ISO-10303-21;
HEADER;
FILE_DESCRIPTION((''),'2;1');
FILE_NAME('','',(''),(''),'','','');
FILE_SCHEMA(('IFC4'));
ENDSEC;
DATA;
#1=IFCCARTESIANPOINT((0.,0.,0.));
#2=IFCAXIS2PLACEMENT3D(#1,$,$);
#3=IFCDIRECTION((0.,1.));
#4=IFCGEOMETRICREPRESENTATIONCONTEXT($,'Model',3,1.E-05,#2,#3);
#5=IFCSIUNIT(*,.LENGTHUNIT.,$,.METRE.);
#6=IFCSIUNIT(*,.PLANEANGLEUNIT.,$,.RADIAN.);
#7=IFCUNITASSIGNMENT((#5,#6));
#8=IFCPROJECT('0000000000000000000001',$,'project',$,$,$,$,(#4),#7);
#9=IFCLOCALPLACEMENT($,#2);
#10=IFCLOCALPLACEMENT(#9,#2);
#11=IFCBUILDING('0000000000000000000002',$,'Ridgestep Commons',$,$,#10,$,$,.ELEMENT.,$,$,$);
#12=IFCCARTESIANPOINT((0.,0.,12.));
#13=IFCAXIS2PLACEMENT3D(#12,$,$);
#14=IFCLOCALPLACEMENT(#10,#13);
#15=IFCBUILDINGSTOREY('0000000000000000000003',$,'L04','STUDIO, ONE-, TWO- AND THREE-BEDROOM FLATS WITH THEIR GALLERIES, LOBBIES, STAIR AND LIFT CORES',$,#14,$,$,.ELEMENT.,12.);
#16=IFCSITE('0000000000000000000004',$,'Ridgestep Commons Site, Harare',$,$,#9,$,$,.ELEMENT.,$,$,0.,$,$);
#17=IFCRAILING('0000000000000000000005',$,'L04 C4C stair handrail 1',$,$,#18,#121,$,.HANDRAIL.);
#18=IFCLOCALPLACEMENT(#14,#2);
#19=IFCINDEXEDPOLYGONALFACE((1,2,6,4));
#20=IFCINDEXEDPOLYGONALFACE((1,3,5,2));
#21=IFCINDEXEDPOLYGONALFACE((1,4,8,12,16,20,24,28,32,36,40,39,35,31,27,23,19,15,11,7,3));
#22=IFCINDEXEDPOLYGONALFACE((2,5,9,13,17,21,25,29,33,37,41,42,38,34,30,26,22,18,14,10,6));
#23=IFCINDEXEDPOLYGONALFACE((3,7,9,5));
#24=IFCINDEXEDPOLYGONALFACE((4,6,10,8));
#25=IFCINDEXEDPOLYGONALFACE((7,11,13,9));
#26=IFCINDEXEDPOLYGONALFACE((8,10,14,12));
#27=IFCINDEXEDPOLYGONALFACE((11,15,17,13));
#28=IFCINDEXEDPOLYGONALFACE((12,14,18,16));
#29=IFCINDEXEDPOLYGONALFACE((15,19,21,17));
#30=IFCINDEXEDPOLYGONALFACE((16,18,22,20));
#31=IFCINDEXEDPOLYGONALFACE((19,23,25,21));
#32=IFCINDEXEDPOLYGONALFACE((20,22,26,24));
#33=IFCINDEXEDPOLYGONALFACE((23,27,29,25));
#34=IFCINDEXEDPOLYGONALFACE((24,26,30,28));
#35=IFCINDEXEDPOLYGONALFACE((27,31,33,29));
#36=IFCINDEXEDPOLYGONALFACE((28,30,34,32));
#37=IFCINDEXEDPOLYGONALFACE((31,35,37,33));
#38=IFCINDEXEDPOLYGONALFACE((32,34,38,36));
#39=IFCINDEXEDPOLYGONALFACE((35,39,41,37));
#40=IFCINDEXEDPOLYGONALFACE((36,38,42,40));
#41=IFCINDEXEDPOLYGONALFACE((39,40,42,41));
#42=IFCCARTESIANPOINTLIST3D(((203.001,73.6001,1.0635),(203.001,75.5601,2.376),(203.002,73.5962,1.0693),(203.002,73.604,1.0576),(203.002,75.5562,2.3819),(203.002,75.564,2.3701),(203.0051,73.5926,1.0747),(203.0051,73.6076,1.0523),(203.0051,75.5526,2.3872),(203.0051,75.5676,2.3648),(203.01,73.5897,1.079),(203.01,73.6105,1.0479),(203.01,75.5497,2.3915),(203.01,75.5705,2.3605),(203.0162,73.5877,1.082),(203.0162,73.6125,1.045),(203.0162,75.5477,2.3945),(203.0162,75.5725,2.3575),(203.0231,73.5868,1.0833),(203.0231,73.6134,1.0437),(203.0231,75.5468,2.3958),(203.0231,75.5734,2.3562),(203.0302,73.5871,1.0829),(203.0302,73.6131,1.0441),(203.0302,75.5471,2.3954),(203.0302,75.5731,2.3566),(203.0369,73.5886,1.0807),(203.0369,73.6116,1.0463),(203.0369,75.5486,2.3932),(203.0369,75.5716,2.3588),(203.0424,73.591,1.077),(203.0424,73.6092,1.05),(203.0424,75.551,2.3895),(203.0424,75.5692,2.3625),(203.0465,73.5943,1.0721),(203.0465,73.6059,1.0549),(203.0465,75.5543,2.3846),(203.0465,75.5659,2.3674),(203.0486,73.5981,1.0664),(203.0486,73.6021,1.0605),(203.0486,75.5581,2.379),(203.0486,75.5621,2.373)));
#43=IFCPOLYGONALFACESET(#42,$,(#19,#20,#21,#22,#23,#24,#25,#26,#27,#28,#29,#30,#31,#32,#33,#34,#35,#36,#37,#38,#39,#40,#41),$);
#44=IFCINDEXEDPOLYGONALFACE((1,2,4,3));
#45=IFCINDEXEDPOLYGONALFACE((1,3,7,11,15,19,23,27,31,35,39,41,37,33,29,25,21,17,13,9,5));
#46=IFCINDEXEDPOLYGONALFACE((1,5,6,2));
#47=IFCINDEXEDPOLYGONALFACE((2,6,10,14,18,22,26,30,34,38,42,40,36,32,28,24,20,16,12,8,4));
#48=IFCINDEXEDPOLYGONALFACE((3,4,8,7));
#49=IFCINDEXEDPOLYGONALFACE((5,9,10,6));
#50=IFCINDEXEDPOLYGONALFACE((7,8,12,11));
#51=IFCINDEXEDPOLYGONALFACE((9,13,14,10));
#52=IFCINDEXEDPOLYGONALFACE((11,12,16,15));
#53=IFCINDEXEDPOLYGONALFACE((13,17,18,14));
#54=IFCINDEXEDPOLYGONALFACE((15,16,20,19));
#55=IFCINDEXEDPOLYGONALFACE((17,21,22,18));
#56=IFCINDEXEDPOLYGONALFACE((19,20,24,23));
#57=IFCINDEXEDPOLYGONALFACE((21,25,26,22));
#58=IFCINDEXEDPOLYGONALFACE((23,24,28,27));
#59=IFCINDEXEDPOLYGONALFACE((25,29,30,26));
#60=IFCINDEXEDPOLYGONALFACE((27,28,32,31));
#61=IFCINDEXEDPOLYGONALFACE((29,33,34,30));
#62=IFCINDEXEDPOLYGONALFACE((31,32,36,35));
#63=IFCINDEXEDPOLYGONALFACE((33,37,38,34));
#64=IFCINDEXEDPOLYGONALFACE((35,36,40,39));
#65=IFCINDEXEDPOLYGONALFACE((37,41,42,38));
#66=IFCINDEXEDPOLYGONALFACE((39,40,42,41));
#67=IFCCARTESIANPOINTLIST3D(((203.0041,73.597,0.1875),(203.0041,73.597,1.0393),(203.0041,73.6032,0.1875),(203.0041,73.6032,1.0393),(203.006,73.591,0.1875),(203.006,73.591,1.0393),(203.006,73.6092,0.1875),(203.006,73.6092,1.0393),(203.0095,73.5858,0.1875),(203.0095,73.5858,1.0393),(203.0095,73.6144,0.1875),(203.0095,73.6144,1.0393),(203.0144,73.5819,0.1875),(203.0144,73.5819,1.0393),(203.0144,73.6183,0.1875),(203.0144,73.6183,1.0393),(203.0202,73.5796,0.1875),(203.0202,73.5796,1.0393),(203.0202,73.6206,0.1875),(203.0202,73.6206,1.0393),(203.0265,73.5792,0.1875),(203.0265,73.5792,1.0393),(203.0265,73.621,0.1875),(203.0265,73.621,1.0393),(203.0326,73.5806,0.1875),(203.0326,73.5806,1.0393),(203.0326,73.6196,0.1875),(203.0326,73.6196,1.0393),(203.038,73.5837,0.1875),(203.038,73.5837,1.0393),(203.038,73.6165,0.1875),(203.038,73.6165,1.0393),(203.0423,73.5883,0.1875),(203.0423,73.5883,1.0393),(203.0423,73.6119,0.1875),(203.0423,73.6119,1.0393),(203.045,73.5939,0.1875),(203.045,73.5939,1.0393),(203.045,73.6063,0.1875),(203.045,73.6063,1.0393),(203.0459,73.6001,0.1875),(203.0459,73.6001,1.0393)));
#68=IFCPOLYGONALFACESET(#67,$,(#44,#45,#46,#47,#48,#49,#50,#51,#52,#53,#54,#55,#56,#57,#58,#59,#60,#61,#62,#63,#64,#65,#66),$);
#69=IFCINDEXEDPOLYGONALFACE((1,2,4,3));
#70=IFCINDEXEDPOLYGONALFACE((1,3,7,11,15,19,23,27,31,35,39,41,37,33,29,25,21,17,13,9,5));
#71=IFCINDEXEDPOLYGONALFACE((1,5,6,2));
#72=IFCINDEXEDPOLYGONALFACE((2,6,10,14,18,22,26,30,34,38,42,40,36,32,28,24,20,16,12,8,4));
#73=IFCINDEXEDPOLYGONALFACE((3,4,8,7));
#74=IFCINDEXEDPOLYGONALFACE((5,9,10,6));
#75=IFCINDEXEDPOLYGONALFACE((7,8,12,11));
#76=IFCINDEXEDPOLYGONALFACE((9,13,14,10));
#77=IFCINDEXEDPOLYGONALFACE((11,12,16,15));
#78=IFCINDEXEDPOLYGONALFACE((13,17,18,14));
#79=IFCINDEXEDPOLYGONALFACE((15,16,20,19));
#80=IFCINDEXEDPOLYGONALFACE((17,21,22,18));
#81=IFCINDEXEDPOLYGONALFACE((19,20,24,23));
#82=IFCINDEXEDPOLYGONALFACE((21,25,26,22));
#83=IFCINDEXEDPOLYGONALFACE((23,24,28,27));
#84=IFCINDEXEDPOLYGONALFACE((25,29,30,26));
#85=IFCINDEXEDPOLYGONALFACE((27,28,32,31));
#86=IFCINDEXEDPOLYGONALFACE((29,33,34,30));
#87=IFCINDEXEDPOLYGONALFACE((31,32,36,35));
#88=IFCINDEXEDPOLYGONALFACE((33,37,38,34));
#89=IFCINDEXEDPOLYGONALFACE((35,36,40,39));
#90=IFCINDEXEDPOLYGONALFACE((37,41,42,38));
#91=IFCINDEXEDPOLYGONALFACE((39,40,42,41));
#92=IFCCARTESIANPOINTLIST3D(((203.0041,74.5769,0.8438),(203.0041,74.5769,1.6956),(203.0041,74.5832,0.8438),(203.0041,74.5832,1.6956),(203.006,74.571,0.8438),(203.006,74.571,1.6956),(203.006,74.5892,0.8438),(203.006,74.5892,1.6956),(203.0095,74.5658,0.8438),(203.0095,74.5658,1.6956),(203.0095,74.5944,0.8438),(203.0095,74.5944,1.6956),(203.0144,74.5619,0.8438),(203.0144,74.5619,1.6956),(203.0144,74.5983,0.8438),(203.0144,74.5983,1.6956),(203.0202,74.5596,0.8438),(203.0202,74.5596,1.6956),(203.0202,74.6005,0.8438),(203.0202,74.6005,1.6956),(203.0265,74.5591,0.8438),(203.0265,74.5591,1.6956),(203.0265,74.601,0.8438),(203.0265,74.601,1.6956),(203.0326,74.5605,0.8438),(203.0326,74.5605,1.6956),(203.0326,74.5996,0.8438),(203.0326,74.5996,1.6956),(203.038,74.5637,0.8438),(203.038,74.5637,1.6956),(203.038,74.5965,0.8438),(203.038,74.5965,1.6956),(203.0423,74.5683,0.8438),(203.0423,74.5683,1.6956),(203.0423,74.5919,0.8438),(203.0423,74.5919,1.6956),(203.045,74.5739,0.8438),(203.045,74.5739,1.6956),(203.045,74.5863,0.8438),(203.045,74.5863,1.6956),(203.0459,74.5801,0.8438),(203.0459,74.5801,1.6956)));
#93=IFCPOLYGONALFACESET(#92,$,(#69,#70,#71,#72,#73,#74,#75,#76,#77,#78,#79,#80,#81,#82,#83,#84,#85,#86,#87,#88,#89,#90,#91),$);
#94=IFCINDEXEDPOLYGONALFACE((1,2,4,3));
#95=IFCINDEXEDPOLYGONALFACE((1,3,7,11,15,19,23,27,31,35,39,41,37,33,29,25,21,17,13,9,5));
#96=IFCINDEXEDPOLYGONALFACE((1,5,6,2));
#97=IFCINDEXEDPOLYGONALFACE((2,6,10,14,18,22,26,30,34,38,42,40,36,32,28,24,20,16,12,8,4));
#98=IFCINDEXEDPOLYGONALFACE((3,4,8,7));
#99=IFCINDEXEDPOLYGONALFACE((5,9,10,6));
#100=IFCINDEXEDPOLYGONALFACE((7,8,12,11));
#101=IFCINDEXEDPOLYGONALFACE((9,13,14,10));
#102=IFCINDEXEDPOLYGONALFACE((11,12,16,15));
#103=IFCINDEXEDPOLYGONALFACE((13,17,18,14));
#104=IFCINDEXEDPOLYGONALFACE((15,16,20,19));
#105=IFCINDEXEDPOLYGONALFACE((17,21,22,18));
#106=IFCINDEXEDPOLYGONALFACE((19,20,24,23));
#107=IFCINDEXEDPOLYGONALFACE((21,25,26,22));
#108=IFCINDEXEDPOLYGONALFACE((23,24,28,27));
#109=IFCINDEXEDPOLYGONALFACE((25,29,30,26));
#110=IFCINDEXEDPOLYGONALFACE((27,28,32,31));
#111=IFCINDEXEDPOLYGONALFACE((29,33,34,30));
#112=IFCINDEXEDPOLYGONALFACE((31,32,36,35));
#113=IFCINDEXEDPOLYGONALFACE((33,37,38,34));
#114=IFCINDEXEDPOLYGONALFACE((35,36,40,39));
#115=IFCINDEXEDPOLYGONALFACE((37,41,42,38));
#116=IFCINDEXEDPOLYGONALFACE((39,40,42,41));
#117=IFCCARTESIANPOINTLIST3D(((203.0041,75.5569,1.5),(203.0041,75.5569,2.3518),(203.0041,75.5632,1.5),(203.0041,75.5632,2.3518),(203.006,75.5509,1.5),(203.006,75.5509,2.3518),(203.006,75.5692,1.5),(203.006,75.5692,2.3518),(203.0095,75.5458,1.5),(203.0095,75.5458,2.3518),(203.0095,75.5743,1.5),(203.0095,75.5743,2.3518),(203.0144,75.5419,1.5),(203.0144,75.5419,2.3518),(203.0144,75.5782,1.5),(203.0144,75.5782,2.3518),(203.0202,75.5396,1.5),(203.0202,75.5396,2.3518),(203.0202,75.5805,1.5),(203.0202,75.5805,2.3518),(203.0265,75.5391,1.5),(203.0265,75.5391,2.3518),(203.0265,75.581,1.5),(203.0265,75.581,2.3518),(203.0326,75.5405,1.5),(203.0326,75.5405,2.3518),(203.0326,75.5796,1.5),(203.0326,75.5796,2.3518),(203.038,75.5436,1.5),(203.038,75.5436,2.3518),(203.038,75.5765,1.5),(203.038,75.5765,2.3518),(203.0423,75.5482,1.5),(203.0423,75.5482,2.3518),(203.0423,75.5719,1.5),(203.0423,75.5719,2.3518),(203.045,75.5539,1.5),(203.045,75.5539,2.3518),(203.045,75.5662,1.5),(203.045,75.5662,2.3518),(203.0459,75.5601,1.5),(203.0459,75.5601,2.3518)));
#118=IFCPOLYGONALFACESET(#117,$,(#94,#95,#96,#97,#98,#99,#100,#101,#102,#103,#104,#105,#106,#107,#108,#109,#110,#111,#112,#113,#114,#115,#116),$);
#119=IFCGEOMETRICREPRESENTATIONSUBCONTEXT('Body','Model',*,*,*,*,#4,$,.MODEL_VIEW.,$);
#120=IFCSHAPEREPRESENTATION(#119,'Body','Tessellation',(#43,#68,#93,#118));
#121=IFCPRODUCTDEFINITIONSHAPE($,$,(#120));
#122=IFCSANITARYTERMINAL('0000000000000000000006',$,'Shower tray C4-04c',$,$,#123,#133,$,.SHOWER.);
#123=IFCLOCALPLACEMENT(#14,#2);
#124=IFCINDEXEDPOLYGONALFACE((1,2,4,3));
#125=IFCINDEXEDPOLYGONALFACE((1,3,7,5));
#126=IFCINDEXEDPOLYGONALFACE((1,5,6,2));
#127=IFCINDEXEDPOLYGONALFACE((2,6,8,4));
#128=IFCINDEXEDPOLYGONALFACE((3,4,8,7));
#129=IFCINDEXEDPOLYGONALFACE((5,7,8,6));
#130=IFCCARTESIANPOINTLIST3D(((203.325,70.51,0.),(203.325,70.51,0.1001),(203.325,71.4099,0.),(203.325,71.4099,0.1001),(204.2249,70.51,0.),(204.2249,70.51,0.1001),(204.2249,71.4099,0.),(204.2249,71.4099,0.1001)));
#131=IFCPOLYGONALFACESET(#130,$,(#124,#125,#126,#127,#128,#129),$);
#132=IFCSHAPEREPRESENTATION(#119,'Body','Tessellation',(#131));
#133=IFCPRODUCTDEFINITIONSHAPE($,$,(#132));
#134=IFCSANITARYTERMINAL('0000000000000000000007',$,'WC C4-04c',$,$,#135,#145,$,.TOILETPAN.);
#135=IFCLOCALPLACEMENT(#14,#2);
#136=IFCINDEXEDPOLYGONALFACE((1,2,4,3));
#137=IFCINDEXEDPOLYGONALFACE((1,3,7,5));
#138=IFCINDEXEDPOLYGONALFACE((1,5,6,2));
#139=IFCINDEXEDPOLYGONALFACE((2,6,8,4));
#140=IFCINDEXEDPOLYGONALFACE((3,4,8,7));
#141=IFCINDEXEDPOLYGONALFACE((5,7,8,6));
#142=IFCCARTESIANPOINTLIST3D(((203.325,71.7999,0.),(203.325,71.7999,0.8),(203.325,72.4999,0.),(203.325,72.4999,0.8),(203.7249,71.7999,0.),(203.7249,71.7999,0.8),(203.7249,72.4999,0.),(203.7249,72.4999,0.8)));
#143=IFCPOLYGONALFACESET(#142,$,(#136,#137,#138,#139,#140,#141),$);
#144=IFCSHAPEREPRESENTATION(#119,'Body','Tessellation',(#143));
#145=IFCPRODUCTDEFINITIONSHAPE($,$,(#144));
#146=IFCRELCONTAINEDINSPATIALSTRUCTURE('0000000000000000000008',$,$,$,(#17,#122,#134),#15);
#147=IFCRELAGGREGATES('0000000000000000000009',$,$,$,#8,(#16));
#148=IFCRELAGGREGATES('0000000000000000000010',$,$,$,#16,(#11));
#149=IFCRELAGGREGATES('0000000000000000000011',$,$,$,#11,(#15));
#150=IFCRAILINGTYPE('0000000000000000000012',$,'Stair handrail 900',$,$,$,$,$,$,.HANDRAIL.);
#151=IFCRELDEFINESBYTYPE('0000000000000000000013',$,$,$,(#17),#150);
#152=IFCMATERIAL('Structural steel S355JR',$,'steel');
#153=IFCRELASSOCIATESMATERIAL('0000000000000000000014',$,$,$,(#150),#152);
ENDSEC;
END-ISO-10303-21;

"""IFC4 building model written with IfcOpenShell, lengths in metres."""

from ifc_helpers import new_model, si_unit, direction, frame, origin, origin_2d, place, context, subcontext, project, spatial, rectangle, circle, extrude, material, type_object, element, save


model = new_model("IFC4")

# Units and contexts
model_context = context("Model", 3, precision=1e-05, world=origin(), true_north=direction((0.0, 1.0)))
body_context = subcontext(model_context, "Body", "Model", "MODEL_VIEW")
ifc_project = project(units=[si_unit("LENGTHUNIT", "METRE"), si_unit("PLANEANGLEUNIT", "RADIAN")], contexts=[model_context])

# Site, building, storey
site_placement = place(None, origin())
site = spatial("IfcSite", under=ifc_project, at=site_placement, Name="Ridgestep Commons Site, Harare", CompositionType="ELEMENT", RefElevation=0.0)
building_placement = place(site_placement, origin())
building = spatial("IfcBuilding", under=site, at=building_placement, Name="Ridgestep Commons", CompositionType="ELEMENT")
storey_placement = place(building_placement, frame((0.0, 0.0, 12.0)))
storey = spatial("IfcBuildingStorey", under=building, at=storey_placement, Name="L04", Description="STUDIO, ONE-, TWO- AND THREE-BEDROOM FLATS WITH THEIR GALLERIES, LOBBIES, STAIR AND LIFT CORES", CompositionType="ELEMENT", Elevation=12.0)

# Railing
ifc_material_1 = material(Name="Structural steel S355JR", Category="steel")
railing_type_1 = type_object("IfcRailingType", Name="Stair handrail 900", PredefinedType="HANDRAIL", material=ifc_material_1)
railing_1_placement = place(storey_placement, frame((203.0249, 73.6001, 0.1875)))
element("IfcRailing", 1, at=railing_1_placement, inside=storey, type_object=railing_type_1, Name="L04 C4C stair handrail 1", PredefinedType="HANDRAIL", context=body_context, shape_type="SweptSolid", body=[
    extrude(circle(Radius=0.0239, at=origin_2d()), frame((0.0, 0.0, 0.876), z_axis=(0.0, 0.830902, 0.556419), x_axis=(-1.0, 0.0, 0.0)), (0.0, 0.0, 1.0), 2.3589),
    extrude(circle(Radius=0.021, at=origin_2d()), origin(), (0.0, 0.0, 1.0), 0.8518),
    extrude(circle(Radius=0.021, at=origin_2d()), frame((0.0, 0.98, 0.6562)), (0.0, 0.0, 1.0), 0.8518),
    extrude(circle(Radius=0.021, at=origin_2d()), frame((0.0, 1.96, 1.3125)), (0.0, 0.0, 1.0), 0.8518),
])

# Sanitary terminals
sanitary_terminal_1_placement = place(storey_placement, frame((203.7749, 70.96, 0.0), z_axis=(0.0, 0.0, 1.0), x_axis=(1.0, 0.0, 0.0)))
element("IfcSanitaryTerminal", 2, at=sanitary_terminal_1_placement, inside=storey, Name="Shower tray C4-04c", PredefinedType="SHOWER", context=body_context, shape_type="SweptSolid", body=[
    extrude(rectangle(XDim=0.8999, YDim=0.8999, at=origin_2d()), origin(), (0.0, 0.0, 1.0), 0.1001),
])
sanitary_terminal_2_placement = place(storey_placement, frame((203.5249, 72.1499, 0.0), z_axis=(0.0, 0.0, 1.0), x_axis=(1.0, 0.0, 0.0)))
element("IfcSanitaryTerminal", 3, at=sanitary_terminal_2_placement, inside=storey, Name="WC C4-04c", PredefinedType="TOILETPAN", context=body_context, shape_type="SweptSolid", body=[
    extrude(rectangle(XDim=0.3999, YDim=0.7, at=origin_2d()), origin(), (0.0, 0.0, 1.0), 0.8),
])

save(model, "model.ifc")
